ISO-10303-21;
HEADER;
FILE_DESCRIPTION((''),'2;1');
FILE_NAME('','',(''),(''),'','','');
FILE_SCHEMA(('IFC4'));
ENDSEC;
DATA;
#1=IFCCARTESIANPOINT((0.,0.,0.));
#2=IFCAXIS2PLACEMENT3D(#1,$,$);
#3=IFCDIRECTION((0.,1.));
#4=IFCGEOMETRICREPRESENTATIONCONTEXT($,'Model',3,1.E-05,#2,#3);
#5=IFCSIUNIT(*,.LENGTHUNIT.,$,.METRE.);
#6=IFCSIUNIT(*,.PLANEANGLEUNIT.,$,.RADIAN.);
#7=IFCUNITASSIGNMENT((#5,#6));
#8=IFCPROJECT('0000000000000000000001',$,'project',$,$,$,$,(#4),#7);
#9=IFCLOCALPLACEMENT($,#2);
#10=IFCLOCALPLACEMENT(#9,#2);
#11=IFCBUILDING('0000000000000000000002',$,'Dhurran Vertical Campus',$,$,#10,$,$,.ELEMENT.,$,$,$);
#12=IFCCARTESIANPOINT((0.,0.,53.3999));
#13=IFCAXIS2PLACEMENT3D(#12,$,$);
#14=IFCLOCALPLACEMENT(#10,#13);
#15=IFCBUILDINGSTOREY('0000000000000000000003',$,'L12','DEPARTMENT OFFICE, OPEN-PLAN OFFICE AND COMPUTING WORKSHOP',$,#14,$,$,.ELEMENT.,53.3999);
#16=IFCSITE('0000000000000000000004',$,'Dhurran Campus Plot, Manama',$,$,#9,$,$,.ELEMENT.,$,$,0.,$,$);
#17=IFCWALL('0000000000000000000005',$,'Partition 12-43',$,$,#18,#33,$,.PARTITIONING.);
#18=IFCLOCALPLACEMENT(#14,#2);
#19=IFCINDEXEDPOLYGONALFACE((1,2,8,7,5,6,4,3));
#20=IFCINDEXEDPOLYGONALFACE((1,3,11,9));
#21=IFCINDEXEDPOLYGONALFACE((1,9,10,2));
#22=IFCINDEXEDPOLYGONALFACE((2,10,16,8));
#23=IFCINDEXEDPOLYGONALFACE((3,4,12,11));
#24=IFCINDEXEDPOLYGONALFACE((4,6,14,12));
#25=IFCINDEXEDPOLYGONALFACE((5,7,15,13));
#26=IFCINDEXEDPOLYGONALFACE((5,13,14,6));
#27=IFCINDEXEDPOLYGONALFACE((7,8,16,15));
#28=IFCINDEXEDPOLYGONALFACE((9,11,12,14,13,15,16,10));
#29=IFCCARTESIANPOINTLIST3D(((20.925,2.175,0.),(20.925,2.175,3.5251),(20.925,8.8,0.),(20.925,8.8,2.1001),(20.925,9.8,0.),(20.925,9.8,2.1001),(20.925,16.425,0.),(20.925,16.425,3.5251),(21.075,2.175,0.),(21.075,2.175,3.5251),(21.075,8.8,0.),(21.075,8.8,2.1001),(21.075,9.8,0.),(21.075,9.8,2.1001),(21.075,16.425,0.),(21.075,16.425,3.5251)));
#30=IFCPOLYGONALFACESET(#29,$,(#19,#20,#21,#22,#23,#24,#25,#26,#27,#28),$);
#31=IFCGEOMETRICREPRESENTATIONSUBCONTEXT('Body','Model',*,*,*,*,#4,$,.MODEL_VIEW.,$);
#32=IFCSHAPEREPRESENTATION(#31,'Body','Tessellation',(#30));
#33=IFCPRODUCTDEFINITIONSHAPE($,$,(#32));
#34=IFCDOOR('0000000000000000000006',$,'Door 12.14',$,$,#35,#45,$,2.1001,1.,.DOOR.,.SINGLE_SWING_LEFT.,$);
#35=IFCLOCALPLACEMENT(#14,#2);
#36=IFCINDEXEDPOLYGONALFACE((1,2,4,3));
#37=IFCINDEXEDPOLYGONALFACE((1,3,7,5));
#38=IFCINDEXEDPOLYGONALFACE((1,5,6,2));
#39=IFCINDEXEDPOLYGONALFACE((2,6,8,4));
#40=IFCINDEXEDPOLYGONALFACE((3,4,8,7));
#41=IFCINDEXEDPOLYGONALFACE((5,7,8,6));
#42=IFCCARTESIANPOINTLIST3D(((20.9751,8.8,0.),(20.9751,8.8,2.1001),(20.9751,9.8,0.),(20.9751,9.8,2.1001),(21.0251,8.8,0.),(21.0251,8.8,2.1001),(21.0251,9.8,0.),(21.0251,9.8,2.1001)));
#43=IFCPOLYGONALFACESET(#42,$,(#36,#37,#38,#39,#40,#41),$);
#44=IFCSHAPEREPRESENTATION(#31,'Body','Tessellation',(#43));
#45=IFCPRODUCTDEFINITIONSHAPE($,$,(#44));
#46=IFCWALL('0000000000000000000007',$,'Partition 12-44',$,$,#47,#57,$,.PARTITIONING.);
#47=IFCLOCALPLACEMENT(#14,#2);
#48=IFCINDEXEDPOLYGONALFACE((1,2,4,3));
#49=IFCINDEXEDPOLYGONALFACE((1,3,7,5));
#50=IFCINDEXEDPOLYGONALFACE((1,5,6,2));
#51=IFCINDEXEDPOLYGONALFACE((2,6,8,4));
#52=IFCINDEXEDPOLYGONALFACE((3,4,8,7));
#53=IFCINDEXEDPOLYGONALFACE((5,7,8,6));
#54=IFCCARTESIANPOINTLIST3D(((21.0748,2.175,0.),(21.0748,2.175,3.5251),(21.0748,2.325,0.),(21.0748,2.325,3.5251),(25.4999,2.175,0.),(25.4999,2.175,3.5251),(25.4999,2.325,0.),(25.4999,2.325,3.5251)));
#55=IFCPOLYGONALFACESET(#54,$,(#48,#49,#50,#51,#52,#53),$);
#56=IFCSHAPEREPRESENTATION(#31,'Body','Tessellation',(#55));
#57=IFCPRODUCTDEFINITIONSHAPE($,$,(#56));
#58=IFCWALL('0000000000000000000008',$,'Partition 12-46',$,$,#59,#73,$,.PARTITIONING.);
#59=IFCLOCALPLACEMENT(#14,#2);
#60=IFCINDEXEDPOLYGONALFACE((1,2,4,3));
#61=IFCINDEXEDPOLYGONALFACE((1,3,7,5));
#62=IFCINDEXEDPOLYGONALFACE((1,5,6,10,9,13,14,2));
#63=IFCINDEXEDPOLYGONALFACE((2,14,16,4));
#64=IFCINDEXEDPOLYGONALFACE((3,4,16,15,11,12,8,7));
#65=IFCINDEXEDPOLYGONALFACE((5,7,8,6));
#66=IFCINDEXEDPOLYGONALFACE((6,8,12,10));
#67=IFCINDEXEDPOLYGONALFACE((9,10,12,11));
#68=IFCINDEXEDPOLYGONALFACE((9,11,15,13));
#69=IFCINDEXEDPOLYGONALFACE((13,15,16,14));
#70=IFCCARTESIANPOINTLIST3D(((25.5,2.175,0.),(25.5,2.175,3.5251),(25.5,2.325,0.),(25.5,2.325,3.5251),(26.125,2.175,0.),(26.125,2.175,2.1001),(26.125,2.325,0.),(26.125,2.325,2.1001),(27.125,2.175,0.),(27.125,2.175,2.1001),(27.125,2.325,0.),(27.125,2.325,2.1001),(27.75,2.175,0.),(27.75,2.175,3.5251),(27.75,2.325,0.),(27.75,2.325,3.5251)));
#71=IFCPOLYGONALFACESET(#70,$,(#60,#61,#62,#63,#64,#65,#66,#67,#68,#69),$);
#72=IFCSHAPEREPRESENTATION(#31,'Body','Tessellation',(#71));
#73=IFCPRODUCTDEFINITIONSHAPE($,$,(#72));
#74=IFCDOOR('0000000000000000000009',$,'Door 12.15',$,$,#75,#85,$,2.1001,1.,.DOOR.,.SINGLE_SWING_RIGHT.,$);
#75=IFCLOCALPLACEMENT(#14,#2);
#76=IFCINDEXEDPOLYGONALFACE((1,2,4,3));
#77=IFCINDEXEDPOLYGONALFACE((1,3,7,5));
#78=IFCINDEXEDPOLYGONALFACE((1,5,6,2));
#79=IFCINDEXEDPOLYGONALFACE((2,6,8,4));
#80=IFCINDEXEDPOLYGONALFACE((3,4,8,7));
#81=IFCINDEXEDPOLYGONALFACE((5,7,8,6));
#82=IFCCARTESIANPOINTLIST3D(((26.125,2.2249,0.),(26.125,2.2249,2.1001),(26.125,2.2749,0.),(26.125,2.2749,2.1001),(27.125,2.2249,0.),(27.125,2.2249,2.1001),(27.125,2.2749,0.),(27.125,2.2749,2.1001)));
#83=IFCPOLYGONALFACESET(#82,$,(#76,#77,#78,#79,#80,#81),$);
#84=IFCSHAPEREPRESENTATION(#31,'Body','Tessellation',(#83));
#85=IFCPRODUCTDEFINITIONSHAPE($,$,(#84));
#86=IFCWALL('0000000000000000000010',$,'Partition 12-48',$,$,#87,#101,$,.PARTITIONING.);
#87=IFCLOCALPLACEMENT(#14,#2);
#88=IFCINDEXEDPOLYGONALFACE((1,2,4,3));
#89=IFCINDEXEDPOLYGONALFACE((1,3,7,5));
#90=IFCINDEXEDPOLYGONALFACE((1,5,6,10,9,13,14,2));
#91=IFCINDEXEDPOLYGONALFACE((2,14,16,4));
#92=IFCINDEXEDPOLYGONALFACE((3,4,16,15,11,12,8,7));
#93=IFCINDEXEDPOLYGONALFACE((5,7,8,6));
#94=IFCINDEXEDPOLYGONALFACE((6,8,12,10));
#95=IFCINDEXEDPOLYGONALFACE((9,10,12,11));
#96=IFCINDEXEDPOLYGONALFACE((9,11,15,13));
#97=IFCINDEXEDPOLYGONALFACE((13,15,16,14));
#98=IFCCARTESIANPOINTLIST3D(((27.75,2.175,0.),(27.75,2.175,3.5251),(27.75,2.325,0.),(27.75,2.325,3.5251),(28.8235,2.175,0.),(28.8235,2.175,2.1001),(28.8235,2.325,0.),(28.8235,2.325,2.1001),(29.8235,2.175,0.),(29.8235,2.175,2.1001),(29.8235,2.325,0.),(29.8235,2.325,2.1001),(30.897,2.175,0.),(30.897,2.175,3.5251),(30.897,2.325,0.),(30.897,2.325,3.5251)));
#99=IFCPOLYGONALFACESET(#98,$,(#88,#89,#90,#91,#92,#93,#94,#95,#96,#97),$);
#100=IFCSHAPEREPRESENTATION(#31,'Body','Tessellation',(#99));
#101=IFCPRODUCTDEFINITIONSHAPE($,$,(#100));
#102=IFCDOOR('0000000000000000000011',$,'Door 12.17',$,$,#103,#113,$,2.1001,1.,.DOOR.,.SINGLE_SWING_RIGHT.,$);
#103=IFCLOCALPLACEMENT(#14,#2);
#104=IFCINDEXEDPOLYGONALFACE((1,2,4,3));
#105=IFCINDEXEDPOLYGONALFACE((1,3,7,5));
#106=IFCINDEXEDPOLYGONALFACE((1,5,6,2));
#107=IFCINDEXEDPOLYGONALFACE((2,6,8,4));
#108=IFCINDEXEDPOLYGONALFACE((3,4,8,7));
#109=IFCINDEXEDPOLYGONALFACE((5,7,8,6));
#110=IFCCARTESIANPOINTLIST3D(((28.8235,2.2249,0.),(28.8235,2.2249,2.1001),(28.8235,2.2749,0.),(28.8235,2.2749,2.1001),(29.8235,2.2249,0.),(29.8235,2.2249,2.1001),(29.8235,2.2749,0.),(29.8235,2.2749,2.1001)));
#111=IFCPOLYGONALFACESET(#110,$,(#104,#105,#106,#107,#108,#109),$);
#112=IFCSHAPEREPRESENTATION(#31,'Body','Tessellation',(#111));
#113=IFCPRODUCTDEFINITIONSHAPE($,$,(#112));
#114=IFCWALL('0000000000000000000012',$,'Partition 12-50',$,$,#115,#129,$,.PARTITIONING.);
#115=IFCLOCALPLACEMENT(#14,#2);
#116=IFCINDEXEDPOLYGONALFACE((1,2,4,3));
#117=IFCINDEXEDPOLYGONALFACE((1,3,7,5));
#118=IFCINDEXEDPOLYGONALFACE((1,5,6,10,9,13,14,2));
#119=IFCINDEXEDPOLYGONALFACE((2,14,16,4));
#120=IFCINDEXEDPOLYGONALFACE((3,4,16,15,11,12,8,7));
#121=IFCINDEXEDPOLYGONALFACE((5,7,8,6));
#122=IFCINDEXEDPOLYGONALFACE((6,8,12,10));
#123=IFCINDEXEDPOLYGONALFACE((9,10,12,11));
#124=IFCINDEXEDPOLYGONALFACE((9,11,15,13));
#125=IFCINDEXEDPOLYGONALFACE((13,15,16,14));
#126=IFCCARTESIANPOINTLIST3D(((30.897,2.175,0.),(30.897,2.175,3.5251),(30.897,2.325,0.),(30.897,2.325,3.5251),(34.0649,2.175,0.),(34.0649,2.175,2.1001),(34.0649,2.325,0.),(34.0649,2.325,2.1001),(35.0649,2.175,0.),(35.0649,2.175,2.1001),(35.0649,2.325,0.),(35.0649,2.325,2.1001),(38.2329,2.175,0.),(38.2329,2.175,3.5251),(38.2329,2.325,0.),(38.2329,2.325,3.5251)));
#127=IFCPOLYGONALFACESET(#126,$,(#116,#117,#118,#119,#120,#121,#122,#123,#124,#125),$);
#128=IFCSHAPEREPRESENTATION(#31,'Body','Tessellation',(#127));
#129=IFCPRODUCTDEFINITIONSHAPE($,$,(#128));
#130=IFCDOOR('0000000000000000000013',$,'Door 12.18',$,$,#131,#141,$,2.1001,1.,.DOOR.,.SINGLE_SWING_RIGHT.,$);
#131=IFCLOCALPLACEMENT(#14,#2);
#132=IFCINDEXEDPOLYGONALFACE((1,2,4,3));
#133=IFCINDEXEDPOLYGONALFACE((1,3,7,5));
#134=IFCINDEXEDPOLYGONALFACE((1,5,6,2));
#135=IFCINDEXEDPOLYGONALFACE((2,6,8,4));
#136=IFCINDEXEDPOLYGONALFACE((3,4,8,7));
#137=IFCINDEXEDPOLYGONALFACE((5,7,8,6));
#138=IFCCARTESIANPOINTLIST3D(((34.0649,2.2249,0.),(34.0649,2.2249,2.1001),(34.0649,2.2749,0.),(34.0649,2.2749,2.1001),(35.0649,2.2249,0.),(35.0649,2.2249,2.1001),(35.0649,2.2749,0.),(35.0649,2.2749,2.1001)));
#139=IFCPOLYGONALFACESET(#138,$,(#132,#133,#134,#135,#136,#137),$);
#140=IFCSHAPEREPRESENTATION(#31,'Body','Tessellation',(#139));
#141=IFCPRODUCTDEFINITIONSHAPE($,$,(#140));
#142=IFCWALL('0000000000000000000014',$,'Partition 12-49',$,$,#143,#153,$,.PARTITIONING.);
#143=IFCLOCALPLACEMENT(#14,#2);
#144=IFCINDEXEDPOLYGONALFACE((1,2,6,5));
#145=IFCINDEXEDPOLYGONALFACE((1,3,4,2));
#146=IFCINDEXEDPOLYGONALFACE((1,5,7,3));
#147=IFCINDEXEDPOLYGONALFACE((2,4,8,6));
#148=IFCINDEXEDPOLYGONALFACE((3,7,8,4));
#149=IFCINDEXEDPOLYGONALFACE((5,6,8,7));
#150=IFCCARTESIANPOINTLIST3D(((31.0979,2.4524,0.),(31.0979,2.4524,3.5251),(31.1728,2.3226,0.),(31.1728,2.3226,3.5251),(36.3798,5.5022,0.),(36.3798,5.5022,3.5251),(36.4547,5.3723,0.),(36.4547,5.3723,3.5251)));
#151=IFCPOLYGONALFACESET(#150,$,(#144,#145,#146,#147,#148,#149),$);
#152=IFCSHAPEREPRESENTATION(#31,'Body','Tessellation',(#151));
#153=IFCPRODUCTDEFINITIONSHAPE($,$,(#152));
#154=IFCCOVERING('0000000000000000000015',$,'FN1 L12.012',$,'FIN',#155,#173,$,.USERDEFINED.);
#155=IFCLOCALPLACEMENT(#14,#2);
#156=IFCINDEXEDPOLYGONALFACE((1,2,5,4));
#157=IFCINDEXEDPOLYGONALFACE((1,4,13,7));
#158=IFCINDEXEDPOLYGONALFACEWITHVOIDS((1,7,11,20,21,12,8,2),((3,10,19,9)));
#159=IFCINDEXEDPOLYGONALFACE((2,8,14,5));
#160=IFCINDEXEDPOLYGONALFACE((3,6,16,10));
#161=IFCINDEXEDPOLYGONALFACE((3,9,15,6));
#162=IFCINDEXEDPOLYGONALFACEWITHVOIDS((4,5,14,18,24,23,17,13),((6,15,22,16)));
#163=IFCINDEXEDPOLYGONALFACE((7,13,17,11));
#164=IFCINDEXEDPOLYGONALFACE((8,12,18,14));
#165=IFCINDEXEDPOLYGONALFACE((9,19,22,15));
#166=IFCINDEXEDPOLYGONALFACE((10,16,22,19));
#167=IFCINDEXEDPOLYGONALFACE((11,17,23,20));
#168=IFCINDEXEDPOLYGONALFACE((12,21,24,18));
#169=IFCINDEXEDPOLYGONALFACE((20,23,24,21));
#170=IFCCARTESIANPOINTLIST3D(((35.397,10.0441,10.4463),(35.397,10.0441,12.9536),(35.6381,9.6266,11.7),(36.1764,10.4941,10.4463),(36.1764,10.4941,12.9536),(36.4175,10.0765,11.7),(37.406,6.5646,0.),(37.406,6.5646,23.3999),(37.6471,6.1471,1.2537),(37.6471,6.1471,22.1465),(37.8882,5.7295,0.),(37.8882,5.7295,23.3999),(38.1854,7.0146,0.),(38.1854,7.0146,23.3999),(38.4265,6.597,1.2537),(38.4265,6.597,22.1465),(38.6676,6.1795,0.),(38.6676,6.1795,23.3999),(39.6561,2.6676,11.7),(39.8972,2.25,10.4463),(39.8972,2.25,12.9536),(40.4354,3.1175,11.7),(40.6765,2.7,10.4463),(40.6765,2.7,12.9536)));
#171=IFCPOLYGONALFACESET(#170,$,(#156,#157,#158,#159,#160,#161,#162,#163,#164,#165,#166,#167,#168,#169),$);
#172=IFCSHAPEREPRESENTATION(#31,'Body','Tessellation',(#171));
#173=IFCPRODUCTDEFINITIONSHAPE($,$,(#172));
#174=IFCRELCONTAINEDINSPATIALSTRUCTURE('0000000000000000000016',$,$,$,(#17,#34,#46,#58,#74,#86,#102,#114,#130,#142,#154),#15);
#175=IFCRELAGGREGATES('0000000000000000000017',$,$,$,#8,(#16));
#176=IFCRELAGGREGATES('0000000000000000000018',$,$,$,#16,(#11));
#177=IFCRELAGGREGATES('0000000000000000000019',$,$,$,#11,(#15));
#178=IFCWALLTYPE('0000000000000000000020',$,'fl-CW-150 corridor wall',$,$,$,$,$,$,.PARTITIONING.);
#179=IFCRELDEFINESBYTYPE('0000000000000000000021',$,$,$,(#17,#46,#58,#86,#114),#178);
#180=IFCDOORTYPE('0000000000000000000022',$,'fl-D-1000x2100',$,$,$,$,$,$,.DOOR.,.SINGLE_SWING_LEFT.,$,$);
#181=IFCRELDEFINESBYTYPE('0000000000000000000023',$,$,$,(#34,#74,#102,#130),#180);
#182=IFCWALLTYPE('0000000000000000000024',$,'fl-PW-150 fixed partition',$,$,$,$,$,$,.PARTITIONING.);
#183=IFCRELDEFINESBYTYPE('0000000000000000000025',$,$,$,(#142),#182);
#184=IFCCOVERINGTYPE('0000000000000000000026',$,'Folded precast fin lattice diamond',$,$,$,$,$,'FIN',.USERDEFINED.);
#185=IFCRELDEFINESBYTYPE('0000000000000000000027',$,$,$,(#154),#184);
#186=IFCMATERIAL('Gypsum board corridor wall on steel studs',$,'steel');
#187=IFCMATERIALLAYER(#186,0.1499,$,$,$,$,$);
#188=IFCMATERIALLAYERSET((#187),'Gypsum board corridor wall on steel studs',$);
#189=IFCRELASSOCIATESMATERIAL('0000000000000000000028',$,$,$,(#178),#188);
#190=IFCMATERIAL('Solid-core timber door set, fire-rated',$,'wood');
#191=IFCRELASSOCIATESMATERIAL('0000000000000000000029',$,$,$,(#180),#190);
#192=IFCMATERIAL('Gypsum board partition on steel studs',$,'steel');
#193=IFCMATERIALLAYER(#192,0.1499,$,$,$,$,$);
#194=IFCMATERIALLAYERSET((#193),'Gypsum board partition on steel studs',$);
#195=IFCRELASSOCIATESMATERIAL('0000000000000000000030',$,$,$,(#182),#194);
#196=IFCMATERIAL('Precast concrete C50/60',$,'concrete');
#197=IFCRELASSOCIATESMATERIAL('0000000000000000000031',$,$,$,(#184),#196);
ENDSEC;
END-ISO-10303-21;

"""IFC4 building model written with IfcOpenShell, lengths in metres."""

from ifc_helpers import new_model, si_unit, direction, frame, frame_2d, origin, place, context, subcontext, project, spatial, polyline, rectangle, outline, extrude, material, layer, layer_set, type_object, element, fill, save


model = new_model("IFC4")

# Units and contexts
model_context = context("Model", 3, precision=1e-05, world=origin(), true_north=direction((0.0, 1.0)))
body_context = subcontext(model_context, "Body", "Model", "MODEL_VIEW")
ifc_project = project(units=[si_unit("LENGTHUNIT", "METRE"), si_unit("PLANEANGLEUNIT", "RADIAN")], contexts=[model_context])

# Site, building, storey
site_placement = place(None, origin())
site = spatial("IfcSite", under=ifc_project, at=site_placement, Name="Dhurran Campus Plot, Manama", CompositionType="ELEMENT", RefElevation=0.0)
building_placement = place(site_placement, origin())
building = spatial("IfcBuilding", under=site, at=building_placement, Name="Dhurran Vertical Campus", CompositionType="ELEMENT")
storey_placement = place(building_placement, frame((0.0, 0.0, 53.3999)))
storey = spatial("IfcBuildingStorey", under=building, at=storey_placement, Name="L12", Description="DEPARTMENT OFFICE, OPEN-PLAN OFFICE AND COMPUTING WORKSHOP", CompositionType="ELEMENT", Elevation=53.3999)

# Wall, opening, door
ifc_material_1 = material(Name="Gypsum board corridor wall on steel studs", Category="steel")
ifc_layer_1 = layer(ifc_material_1, 0.1499)
ifc_layer_set_1 = layer_set([ifc_layer_1], Name="Gypsum board corridor wall on steel studs")
wall_type_1 = type_object("IfcWallType", Name="fl-CW-150 corridor wall", PredefinedType="PARTITIONING", material=ifc_layer_set_1)
wall_1_placement = place(storey_placement, frame((21.0, 2.175, 0.0), z_axis=(0.0, 0.0, 1.0), x_axis=(0.0, 1.0, 0.0)))
wall_1 = element("IfcWall", 1, at=wall_1_placement, inside=storey, type_object=wall_type_1, Name="Partition 12-43", PredefinedType="PARTITIONING", context=body_context, shape_type="SweptSolid", body=[
    extrude(rectangle(XDim=14.25, YDim=0.1499, at=frame_2d((7.125, 0.0))), origin(), (0.0, 0.0, 1.0), 3.5251),
])
opening_1_placement = place(wall_1_placement, frame((6.625, 0.0, 0.0)))
opening_1 = element("IfcOpeningElement", 2, at=opening_1_placement, cuts=wall_1, PredefinedType="OPENING", context=body_context, shape_type="SweptSolid", body=[
    extrude(rectangle(XDim=1.0, YDim=2.1001, at=frame_2d((0.5, 1.05))), frame((0.0, 0.085, 0.0), z_axis=(0.0, -1.0, 0.0), x_axis=(1.0, 0.0, 0.0)), (0.0, 0.0, 1.0), 0.1699),
])
ifc_material_2 = material(Name="Solid-core timber door set, fire-rated", Category="wood")
door_type_1 = type_object("IfcDoorType", Name="fl-D-1000x2100", OperationType="SINGLE_SWING_LEFT", PredefinedType="DOOR", material=ifc_material_2)
door_1_placement = place(opening_1_placement, origin())
door_1 = element("IfcDoor", 3, at=door_1_placement, inside=storey, type_object=door_type_1, Name="Door 12.14", OperationType="SINGLE_SWING_LEFT", OverallHeight=2.1001, OverallWidth=1.0, PredefinedType="DOOR", context=body_context, shape_type="SweptSolid", body=[
    extrude(rectangle(XDim=1.0, YDim=2.1001, at=frame_2d((0.5, 1.05))), frame((0.0, 0.0249, 0.0), z_axis=(0.0, -1.0, 0.0), x_axis=(1.0, 0.0, 0.0)), (0.0, 0.0, 1.0), 0.05),
])
fill(opening_1, door_1)

# Wall
wall_2_placement = place(storey_placement, frame((21.075, 2.25, 0.0), z_axis=(0.0, 0.0, 1.0), x_axis=(1.0, 0.0, 0.0)))
element("IfcWall", 4, at=wall_2_placement, inside=storey, type_object=wall_type_1, Name="Partition 12-44", PredefinedType="PARTITIONING", context=body_context, shape_type="SweptSolid", body=[
    extrude(rectangle(XDim=4.425, YDim=0.1499, at=frame_2d((2.2124, 0.0))), origin(), (0.0, 0.0, 1.0), 3.5251),
])

# Walls, openings, doors
wall_3_placement = place(storey_placement, frame((25.5, 2.25, 0.0), z_axis=(0.0, 0.0, 1.0), x_axis=(1.0, 0.0, 0.0)))
wall_3 = element("IfcWall", 5, at=wall_3_placement, inside=storey, type_object=wall_type_1, Name="Partition 12-46", PredefinedType="PARTITIONING", context=body_context, shape_type="SweptSolid", body=[
    extrude(rectangle(XDim=2.25, YDim=0.1499, at=frame_2d((1.125, 0.0))), origin(), (0.0, 0.0, 1.0), 3.5251),
])
opening_2_placement = place(wall_3_placement, frame((0.625, 0.0, 0.0)))
opening_2 = element("IfcOpeningElement", 6, at=opening_2_placement, cuts=wall_3, PredefinedType="OPENING", context=body_context, shape_type="SweptSolid", body=[
    extrude(rectangle(XDim=1.0, YDim=2.1001, at=frame_2d((0.5, 1.05))), frame((0.0, 0.085, 0.0), z_axis=(0.0, -1.0, 0.0), x_axis=(1.0, 0.0, 0.0)), (0.0, 0.0, 1.0), 0.1699),
])
door_2_placement = place(opening_2_placement, origin())
door_2 = element("IfcDoor", 7, at=door_2_placement, inside=storey, type_object=door_type_1, Name="Door 12.15", OperationType="SINGLE_SWING_RIGHT", OverallHeight=2.1001, OverallWidth=1.0, PredefinedType="DOOR", context=body_context, shape_type="SweptSolid", body=[
    extrude(rectangle(XDim=1.0, YDim=2.1001, at=frame_2d((0.5, 1.05))), frame((0.0, 0.0249, 0.0), z_axis=(0.0, -1.0, 0.0), x_axis=(1.0, 0.0, 0.0)), (0.0, 0.0, 1.0), 0.05),
])
fill(opening_2, door_2)
wall_4_placement = place(storey_placement, frame((27.75, 2.25, 0.0), z_axis=(0.0, 0.0, 1.0), x_axis=(1.0, 0.0, 0.0)))
wall_4 = element("IfcWall", 8, at=wall_4_placement, inside=storey, type_object=wall_type_1, Name="Partition 12-48", PredefinedType="PARTITIONING", context=body_context, shape_type="SweptSolid", body=[
    extrude(rectangle(XDim=3.147, YDim=0.1499, at=frame_2d((1.5735, 0.0))), origin(), (0.0, 0.0, 1.0), 3.5251),
])
opening_3_placement = place(wall_4_placement, frame((1.0735, 0.0, 0.0)))
opening_3 = element("IfcOpeningElement", 9, at=opening_3_placement, cuts=wall_4, PredefinedType="OPENING", context=body_context, shape_type="SweptSolid", body=[
    extrude(rectangle(XDim=1.0, YDim=2.1001, at=frame_2d((0.5, 1.05))), frame((0.0, 0.085, 0.0), z_axis=(0.0, -1.0, 0.0), x_axis=(1.0, 0.0, 0.0)), (0.0, 0.0, 1.0), 0.1699),
])
door_3_placement = place(opening_3_placement, origin())
door_3 = element("IfcDoor", 10, at=door_3_placement, inside=storey, type_object=door_type_1, Name="Door 12.17", OperationType="SINGLE_SWING_RIGHT", OverallHeight=2.1001, OverallWidth=1.0, PredefinedType="DOOR", context=body_context, shape_type="SweptSolid", body=[
    extrude(rectangle(XDim=1.0, YDim=2.1001, at=frame_2d((0.5, 1.05))), frame((0.0, 0.0249, 0.0), z_axis=(0.0, -1.0, 0.0), x_axis=(1.0, 0.0, 0.0)), (0.0, 0.0, 1.0), 0.05),
])
fill(opening_3, door_3)
wall_5_placement = place(storey_placement, frame((30.897, 2.25, 0.0), z_axis=(0.0, 0.0, 1.0), x_axis=(1.0, 0.0, 0.0)))
wall_5 = element("IfcWall", 11, at=wall_5_placement, inside=storey, type_object=wall_type_1, Name="Partition 12-50", PredefinedType="PARTITIONING", context=body_context, shape_type="SweptSolid", body=[
    extrude(rectangle(XDim=7.3359, YDim=0.1499, at=frame_2d((3.668, 0.0))), origin(), (0.0, 0.0, 1.0), 3.5251),
])
opening_4_placement = place(wall_5_placement, frame((3.168, 0.0, 0.0)))
opening_4 = element("IfcOpeningElement", 12, at=opening_4_placement, cuts=wall_5, PredefinedType="OPENING", context=body_context, shape_type="SweptSolid", body=[
    extrude(rectangle(XDim=1.0, YDim=2.1001, at=frame_2d((0.5, 1.05))), frame((0.0, 0.085, 0.0), z_axis=(0.0, -1.0, 0.0), x_axis=(1.0, 0.0, 0.0)), (0.0, 0.0, 1.0), 0.1699),
])
door_4_placement = place(opening_4_placement, origin())
door_4 = element("IfcDoor", 13, at=door_4_placement, inside=storey, type_object=door_type_1, Name="Door 12.18", OperationType="SINGLE_SWING_RIGHT", OverallHeight=2.1001, OverallWidth=1.0, PredefinedType="DOOR", context=body_context, shape_type="SweptSolid", body=[
    extrude(rectangle(XDim=1.0, YDim=2.1001, at=frame_2d((0.5, 1.05))), frame((0.0, 0.0249, 0.0), z_axis=(0.0, -1.0, 0.0), x_axis=(1.0, 0.0, 0.0)), (0.0, 0.0, 1.0), 0.05),
])
fill(opening_4, door_4)

# Wall
ifc_material_3 = material(Name="Gypsum board partition on steel studs", Category="steel")
ifc_layer_2 = layer(ifc_material_3, 0.1499)
ifc_layer_set_2 = layer_set([ifc_layer_2], Name="Gypsum board partition on steel studs")
wall_type_2 = type_object("IfcWallType", Name="fl-PW-150 fixed partition", PredefinedType="PARTITIONING", material=ifc_layer_set_2)
wall_6_placement = place(storey_placement, frame((36.4172, 5.4373, 0.0), z_axis=(0.0, 0.0, 1.0), x_axis=(-0.866008, -0.500031, 0.0)))
element("IfcWall", 14, at=wall_6_placement, inside=storey, type_object=wall_type_2, Name="Partition 12-49", PredefinedType="PARTITIONING", context=body_context, shape_type="SweptSolid", body=[
    extrude(rectangle(XDim=6.0991, YDim=0.1499, at=frame_2d((3.0496, 0.0))), origin(), (0.0, 0.0, 1.0), 3.5251),
])

# Covering
ifc_material_4 = material(Name="Precast concrete C50/60", Category="concrete")
covering_type = type_object("IfcCoveringType", Name="Folded precast fin lattice diamond", ElementType="FIN", PredefinedType="USERDEFINED", material=ifc_material_4)
for number, where, z_axis, x_axis, name in (
    (15, (39.8972, 2.25, 0.0), (0.866014, 0.50002, 0.0), (-0.50002, 0.866014, 0.0), "FN1 L12.012"),
):
    element("IfcCovering", number, at=place(storey_placement, frame(where, z_axis=z_axis, x_axis=x_axis)), inside=storey, type_object=covering_type, Name=name, ObjectType="FIN", PredefinedType="USERDEFINED", context=body_context, shape_type="SweptSolid", body=[
        extrude(outline(polyline([(9.0, 12.9536), (9.0, 10.4463), (4.9822, 0.0), (4.0178, 0.0), (0.0, 10.4463), (0.0, 12.9536), (4.0178, 23.3999), (4.9822, 23.3999), (9.0, 12.9536)]), holes=[polyline([(8.5178, 11.7), (4.5, 22.1465), (0.4822, 11.7), (4.5, 1.2537), (8.5178, 11.7)])]), origin(), (0.0, 0.0, 1.0), 0.8999),
    ])

save(model, "model.ifc")
